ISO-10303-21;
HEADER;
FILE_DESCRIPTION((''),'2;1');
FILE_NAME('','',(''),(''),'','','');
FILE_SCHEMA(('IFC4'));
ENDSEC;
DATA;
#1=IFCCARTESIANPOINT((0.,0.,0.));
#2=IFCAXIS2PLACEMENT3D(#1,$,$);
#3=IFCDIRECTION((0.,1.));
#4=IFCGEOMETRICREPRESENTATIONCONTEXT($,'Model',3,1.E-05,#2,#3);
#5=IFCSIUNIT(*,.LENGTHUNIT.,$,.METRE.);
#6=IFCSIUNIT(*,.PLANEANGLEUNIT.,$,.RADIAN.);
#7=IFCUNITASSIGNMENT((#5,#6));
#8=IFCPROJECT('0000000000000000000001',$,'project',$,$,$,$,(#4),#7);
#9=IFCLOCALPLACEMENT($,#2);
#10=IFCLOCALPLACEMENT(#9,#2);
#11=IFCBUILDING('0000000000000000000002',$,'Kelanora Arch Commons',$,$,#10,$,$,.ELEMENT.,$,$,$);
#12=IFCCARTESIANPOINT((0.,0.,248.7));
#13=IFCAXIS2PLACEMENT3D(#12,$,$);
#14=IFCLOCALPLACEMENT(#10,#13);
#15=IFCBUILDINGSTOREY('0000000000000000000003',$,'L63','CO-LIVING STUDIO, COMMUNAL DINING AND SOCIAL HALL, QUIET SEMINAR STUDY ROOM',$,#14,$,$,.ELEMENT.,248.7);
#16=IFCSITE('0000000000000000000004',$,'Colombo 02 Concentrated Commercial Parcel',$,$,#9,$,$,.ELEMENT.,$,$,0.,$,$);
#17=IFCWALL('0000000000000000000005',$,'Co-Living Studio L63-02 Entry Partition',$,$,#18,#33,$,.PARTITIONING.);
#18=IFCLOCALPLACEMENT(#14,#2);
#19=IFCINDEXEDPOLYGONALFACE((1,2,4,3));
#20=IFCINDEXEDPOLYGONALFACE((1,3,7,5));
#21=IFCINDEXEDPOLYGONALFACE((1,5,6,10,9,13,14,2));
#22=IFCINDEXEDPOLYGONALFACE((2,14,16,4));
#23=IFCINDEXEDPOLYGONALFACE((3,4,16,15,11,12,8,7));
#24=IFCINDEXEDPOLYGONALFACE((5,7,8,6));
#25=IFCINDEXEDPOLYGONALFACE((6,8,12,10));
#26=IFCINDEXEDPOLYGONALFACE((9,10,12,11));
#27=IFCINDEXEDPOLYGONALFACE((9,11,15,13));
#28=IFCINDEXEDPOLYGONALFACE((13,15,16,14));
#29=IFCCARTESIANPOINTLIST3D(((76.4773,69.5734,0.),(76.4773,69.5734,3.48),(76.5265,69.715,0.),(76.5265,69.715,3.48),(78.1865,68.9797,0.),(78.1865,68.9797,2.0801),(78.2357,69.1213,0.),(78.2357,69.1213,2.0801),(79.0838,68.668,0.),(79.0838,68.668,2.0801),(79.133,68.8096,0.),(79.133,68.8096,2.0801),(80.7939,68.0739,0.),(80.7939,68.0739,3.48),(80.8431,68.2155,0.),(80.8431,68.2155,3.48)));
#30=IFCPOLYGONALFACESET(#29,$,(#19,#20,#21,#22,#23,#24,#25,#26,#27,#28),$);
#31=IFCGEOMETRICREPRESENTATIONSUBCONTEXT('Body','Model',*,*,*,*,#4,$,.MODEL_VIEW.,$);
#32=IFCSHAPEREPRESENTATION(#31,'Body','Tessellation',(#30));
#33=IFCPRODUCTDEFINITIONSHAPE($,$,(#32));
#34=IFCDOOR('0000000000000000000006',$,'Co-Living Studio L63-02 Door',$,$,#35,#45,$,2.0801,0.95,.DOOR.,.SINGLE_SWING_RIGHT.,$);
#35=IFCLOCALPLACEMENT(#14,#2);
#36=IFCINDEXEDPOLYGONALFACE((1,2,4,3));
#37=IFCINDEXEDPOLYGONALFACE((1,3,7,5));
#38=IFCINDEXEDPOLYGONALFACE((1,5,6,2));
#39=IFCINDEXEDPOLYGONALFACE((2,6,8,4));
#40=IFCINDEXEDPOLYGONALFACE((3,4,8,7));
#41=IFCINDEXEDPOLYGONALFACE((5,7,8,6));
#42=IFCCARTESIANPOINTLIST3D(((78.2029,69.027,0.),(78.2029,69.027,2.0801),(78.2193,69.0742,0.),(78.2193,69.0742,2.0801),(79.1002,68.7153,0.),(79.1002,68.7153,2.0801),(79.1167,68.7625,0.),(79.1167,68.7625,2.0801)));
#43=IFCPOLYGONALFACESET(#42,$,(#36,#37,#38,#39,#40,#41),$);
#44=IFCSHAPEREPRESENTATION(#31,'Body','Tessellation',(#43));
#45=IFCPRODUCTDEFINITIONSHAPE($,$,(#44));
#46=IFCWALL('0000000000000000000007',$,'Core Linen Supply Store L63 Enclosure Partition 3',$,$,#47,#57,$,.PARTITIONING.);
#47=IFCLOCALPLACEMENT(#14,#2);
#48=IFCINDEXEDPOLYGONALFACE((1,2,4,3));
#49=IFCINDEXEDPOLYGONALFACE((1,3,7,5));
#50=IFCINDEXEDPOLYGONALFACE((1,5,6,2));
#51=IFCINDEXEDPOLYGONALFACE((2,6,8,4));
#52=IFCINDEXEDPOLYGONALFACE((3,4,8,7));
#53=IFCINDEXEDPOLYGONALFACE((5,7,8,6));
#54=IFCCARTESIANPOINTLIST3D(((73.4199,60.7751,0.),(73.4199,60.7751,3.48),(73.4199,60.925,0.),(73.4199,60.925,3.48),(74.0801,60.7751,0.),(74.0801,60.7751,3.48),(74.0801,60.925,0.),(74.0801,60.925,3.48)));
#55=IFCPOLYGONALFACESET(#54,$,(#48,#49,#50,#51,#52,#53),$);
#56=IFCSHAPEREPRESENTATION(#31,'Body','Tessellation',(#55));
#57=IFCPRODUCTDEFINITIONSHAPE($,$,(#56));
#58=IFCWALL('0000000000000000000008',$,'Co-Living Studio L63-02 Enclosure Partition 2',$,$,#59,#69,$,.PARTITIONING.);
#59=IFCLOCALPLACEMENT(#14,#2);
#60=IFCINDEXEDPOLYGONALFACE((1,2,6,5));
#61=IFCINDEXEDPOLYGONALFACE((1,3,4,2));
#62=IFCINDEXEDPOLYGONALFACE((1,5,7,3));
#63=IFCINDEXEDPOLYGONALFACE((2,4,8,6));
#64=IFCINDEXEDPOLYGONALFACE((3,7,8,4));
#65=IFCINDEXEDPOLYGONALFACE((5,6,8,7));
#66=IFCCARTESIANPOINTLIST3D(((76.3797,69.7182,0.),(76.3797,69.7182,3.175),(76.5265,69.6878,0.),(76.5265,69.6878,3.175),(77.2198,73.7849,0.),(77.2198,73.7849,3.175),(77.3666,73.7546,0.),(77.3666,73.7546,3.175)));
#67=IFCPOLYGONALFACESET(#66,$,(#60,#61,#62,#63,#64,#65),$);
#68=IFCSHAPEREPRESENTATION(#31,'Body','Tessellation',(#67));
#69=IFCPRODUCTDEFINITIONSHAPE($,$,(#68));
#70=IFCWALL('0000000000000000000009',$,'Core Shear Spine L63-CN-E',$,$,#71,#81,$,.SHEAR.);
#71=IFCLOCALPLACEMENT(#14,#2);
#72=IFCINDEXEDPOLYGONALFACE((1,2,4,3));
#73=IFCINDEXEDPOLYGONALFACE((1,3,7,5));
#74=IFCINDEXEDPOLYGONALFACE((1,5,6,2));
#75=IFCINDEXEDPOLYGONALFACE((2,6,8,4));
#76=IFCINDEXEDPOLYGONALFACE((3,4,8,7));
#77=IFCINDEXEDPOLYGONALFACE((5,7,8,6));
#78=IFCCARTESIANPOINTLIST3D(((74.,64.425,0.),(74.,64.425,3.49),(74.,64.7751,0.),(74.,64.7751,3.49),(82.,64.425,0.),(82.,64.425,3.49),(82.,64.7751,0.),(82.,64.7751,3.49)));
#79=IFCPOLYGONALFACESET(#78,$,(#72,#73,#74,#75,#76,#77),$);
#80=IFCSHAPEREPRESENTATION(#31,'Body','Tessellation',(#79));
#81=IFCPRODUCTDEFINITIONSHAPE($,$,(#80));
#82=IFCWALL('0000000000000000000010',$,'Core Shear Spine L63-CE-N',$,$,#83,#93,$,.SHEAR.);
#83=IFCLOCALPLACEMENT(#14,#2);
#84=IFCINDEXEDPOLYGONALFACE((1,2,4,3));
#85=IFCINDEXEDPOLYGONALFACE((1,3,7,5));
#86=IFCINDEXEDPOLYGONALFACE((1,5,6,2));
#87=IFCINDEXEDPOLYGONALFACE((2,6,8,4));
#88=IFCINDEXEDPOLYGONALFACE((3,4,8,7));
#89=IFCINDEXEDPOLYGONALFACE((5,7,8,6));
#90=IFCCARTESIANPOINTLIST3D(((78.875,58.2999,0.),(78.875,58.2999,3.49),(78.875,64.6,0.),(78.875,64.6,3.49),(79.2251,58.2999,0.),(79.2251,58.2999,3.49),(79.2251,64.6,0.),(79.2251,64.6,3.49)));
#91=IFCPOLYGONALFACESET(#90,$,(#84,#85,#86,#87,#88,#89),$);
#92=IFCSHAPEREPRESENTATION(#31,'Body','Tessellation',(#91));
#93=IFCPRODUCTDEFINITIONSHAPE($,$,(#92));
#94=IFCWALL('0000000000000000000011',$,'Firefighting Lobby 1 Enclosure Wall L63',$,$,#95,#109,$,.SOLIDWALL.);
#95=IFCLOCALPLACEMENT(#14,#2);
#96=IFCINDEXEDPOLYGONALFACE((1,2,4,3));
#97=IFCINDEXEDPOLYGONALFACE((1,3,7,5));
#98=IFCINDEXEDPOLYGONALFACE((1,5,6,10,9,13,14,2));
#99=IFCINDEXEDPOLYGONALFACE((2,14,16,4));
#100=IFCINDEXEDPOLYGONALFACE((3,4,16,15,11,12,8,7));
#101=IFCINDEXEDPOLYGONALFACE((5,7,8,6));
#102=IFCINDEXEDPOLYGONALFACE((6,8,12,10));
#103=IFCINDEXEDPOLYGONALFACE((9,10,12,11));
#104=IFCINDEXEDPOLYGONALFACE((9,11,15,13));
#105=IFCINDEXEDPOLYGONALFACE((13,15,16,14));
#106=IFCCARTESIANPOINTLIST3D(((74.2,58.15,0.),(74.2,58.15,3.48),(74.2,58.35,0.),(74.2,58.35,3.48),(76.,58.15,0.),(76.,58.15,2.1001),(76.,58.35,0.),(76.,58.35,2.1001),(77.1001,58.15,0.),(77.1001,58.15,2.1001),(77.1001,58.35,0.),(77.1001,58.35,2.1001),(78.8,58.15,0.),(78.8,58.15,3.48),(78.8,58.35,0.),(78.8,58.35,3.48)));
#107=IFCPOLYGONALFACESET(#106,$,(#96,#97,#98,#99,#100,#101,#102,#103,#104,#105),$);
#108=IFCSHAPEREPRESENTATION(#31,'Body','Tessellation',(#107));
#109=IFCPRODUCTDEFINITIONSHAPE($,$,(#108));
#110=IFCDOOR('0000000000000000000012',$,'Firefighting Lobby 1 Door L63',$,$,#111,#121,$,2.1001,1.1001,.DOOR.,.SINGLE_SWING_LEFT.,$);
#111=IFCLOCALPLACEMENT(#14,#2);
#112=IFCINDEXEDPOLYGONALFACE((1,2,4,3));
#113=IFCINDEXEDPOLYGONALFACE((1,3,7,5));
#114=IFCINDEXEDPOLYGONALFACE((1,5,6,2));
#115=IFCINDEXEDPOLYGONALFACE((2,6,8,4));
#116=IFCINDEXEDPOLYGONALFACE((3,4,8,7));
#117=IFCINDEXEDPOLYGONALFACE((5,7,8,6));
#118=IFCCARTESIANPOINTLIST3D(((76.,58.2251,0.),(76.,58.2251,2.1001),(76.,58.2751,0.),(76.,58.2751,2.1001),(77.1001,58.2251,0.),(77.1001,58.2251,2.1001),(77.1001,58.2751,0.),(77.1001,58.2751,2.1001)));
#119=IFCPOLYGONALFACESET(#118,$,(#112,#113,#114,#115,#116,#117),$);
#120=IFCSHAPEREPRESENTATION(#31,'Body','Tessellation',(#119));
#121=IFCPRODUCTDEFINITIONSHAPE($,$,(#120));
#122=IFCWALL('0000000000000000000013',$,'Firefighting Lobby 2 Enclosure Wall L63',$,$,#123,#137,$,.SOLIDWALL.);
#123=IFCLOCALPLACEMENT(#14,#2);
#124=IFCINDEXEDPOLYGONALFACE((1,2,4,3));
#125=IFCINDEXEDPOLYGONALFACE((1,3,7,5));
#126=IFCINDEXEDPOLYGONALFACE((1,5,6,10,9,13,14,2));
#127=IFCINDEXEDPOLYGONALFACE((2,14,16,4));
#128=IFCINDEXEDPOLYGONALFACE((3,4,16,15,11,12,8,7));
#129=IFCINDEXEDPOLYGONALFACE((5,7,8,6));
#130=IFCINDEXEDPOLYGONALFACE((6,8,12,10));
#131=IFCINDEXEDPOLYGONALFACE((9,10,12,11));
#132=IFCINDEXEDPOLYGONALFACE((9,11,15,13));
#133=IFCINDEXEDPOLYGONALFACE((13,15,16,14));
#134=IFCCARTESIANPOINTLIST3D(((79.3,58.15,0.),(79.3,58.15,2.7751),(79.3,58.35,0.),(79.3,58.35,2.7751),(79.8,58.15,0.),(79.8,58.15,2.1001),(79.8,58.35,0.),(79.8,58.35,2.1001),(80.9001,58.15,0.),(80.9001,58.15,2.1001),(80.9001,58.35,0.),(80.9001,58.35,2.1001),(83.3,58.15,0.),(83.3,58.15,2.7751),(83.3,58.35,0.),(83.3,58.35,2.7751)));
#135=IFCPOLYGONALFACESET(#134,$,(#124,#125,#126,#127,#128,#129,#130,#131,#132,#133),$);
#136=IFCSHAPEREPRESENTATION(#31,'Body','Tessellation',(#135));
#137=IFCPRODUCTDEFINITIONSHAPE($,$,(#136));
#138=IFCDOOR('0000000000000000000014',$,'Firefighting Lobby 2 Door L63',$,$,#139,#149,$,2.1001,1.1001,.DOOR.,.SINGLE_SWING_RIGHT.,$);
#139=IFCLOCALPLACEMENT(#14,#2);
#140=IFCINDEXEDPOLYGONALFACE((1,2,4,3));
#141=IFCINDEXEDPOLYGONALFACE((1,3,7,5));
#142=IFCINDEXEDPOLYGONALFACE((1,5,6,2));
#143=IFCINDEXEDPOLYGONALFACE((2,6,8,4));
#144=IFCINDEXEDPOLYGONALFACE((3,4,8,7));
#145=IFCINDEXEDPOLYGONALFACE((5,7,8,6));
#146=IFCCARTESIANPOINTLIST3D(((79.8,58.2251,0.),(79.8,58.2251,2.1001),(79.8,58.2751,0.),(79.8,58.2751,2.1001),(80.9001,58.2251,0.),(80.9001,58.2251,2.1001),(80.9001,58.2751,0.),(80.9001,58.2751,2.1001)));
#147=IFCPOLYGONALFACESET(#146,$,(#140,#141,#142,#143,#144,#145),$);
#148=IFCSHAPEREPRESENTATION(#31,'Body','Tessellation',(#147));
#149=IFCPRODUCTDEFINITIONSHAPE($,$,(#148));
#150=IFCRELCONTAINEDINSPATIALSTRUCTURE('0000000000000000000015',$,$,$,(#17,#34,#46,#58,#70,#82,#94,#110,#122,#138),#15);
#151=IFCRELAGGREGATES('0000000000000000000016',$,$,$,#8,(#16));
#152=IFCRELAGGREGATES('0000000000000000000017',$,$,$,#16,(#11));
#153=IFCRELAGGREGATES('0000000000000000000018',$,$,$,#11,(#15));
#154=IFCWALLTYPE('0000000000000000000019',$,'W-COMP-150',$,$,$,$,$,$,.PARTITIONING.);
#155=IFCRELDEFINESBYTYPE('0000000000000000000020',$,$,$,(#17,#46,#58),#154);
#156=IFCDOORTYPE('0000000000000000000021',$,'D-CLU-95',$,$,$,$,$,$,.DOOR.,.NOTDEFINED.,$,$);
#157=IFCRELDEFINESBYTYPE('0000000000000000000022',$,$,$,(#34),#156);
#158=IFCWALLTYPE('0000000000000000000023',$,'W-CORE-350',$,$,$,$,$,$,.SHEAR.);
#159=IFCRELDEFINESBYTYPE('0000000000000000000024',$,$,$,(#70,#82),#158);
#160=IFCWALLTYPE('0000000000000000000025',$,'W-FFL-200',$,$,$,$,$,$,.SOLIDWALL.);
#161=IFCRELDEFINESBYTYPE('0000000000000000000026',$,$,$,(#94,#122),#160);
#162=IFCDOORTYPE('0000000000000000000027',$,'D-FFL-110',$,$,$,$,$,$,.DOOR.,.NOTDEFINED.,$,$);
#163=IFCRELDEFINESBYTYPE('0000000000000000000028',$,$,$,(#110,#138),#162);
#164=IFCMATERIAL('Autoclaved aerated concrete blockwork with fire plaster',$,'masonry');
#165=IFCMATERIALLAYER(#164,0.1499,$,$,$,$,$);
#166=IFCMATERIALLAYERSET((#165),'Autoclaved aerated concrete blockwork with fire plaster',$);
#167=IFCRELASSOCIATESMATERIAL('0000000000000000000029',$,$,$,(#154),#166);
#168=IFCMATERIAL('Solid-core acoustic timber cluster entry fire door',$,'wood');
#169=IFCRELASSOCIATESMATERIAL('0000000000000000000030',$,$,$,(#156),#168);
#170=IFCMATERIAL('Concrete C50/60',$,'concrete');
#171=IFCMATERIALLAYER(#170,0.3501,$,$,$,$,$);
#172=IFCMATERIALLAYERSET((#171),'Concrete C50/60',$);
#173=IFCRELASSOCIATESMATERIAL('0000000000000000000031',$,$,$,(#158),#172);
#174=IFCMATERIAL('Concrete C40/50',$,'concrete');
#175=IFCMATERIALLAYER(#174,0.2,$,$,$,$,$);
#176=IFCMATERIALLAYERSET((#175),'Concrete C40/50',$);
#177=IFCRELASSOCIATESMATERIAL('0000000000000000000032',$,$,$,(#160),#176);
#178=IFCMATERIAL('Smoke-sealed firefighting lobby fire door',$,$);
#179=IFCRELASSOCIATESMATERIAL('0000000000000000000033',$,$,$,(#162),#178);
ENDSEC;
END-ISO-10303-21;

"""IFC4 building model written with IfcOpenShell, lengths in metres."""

from ifc_helpers import new_model, si_unit, direction, frame, frame_2d, origin, place, context, subcontext, project, spatial, rectangle, extrude, material, layer, layer_set, type_object, element, fill, save


model = new_model("IFC4")

# Units and contexts
model_context = context("Model", 3, precision=1e-05, world=origin(), true_north=direction((0.0, 1.0)))
body_context = subcontext(model_context, "Body", "Model", "MODEL_VIEW")
ifc_project = project(units=[si_unit("LENGTHUNIT", "METRE"), si_unit("PLANEANGLEUNIT", "RADIAN")], contexts=[model_context])

# Site, building, storey
site_placement = place(None, origin())
site = spatial("IfcSite", under=ifc_project, at=site_placement, Name="Colombo 02 Concentrated Commercial Parcel", CompositionType="ELEMENT", RefElevation=0.0)
building_placement = place(site_placement, origin())
building = spatial("IfcBuilding", under=site, at=building_placement, Name="Kelanora Arch Commons", CompositionType="ELEMENT")
storey_placement = place(building_placement, frame((0.0, 0.0, 248.7)))
storey = spatial("IfcBuildingStorey", under=building, at=storey_placement, Name="L63", Description="CO-LIVING STUDIO, COMMUNAL DINING AND SOCIAL HALL, QUIET SEMINAR STUDY ROOM", CompositionType="ELEMENT", Elevation=248.7)

# Shared definitions
ifc_material_1 = material(Name="Concrete C50/60", Category="concrete")

# Shared definitions
ifc_material_2 = material(Name="Autoclaved aerated concrete blockwork with fire plaster", Category="masonry")
ifc_layer_1 = layer(ifc_material_2, 0.1499)
ifc_layer_set_1 = layer_set([ifc_layer_1], Name="Autoclaved aerated concrete blockwork with fire plaster")
wall_type_1 = type_object("IfcWallType", Name="W-COMP-150", PredefinedType="PARTITIONING", material=ifc_layer_set_1)

# Wall, opening, door
wall_1_placement = place(storey_placement, frame((80.8184, 68.1448, 0.0), z_axis=(0.0, 0.0, 1.0), x_axis=(-0.944628, 0.328143, 0.0)))
wall_1 = element("IfcWall", 1, at=wall_1_placement, inside=storey, type_object=wall_type_1, Name="Co-Living Studio L63-02 Entry Partition", PredefinedType="PARTITIONING", context=body_context, shape_type="SweptSolid", body=[
    extrude(rectangle(XDim=4.5696, YDim=0.1499, at=frame_2d((2.2847, 0.0))), origin(), (0.0, 0.0, 1.0), 3.48),
])
opening_1_placement = place(wall_1_placement, frame((1.8101, 0.0, 0.0)))
opening_1 = element("IfcOpeningElement", 2, at=opening_1_placement, cuts=wall_1, PredefinedType="OPENING", context=body_context, shape_type="SweptSolid", body=[
    extrude(rectangle(XDim=0.95, YDim=2.0801, at=frame_2d((0.4751, 1.04))), frame((0.0, 0.085, 0.0), z_axis=(0.0, -1.0, 0.0), x_axis=(1.0, 0.0, 0.0)), (0.0, 0.0, 1.0), 0.1699),
])
ifc_material_3 = material(Name="Solid-core acoustic timber cluster entry fire door", Category="wood")
door_type_1 = type_object("IfcDoorType", Name="D-CLU-95", OperationType="NOTDEFINED", PredefinedType="DOOR", material=ifc_material_3)
door_1_placement = place(opening_1_placement, origin())
door_1 = element("IfcDoor", 3, at=door_1_placement, inside=storey, type_object=door_type_1, Name="Co-Living Studio L63-02 Door", OperationType="SINGLE_SWING_RIGHT", OverallHeight=2.0801, OverallWidth=0.95, PredefinedType="DOOR", context=body_context, shape_type="SweptSolid", body=[
    extrude(rectangle(XDim=0.95, YDim=2.0801, at=frame_2d((0.4751, 1.04))), frame((0.0, 0.0249, 0.0), z_axis=(0.0, -1.0, 0.0), x_axis=(1.0, 0.0, 0.0)), (0.0, 0.0, 1.0), 0.05),
])
fill(opening_1, door_1)

# Walls
wall_2_placement = place(storey_placement, frame((74.0801, 60.8501, 0.0), z_axis=(0.0, 0.0, 1.0), x_axis=(-1.0, 0.0, 0.0)))
element("IfcWall", 4, at=wall_2_placement, inside=storey, type_object=wall_type_1, Name="Core Linen Supply Store L63 Enclosure Partition 3", PredefinedType="PARTITIONING", context=body_context, shape_type="SweptSolid", body=[
    extrude(rectangle(XDim=0.6602, YDim=0.1499, at=frame_2d((0.3301, 0.0))), origin(), (0.0, 0.0, 1.0), 3.48),
])
wall_3_placement = place(storey_placement, frame((76.4531, 69.7031, 0.0), z_axis=(0.0, 0.0, 1.0), x_axis=(0.202308, 0.979322, 0.0)))
element("IfcWall", 5, at=wall_3_placement, inside=storey, type_object=wall_type_1, Name="Co-Living Studio L63-02 Enclosure Partition 2", PredefinedType="PARTITIONING", context=body_context, shape_type="SweptSolid", body=[
    extrude(rectangle(XDim=4.1526, YDim=0.1499, at=frame_2d((2.0762, 0.0))), origin(), (0.0, 0.0, 1.0), 3.175),
])
ifc_layer_2 = layer(ifc_material_1, 0.3501)
ifc_layer_set_2 = layer_set([ifc_layer_2], Name="Concrete C50/60")
wall_type_2 = type_object("IfcWallType", Name="W-CORE-350", PredefinedType="SHEAR", material=ifc_layer_set_2)
wall_4_placement = place(storey_placement, frame((74.0, 64.6001, 0.0), z_axis=(0.0, 0.0, 1.0), x_axis=(1.0, 0.0, 0.0)))
element("IfcWall", 6, at=wall_4_placement, inside=storey, type_object=wall_type_2, Name="Core Shear Spine L63-CN-E", PredefinedType="SHEAR", context=body_context, shape_type="SweptSolid", body=[
    extrude(rectangle(XDim=8.0, YDim=0.3501, at=frame_2d((4.0, 0.0))), origin(), (0.0, 0.0, 1.0), 3.49),
])
wall_5_placement = place(storey_placement, frame((79.05, 58.3, 0.0), z_axis=(0.0, 0.0, 1.0), x_axis=(0.0, 1.0, 0.0)))
element("IfcWall", 7, at=wall_5_placement, inside=storey, type_object=wall_type_2, Name="Core Shear Spine L63-CE-N", PredefinedType="SHEAR", context=body_context, shape_type="SweptSolid", body=[
    extrude(rectangle(XDim=6.3, YDim=0.3501, at=frame_2d((3.1499, 0.0))), origin(), (0.0, 0.0, 1.0), 3.49),
])

# Walls, openings, doors
ifc_material_4 = material(Name="Concrete C40/50", Category="concrete")
ifc_layer_3 = layer(ifc_material_4, 0.2)
ifc_layer_set_3 = layer_set([ifc_layer_3], Name="Concrete C40/50")
wall_type_3 = type_object("IfcWallType", Name="W-FFL-200", PredefinedType="SOLIDWALL", material=ifc_layer_set_3)
wall_6_placement = place(storey_placement, frame((74.2, 58.25, 0.0), z_axis=(0.0, 0.0, 1.0), x_axis=(1.0, 0.0, 0.0)))
wall_6 = element("IfcWall", 8, at=wall_6_placement, inside=storey, type_object=wall_type_3, Name="Firefighting Lobby 1 Enclosure Wall L63", PredefinedType="SOLIDWALL", context=body_context, shape_type="SweptSolid", body=[
    extrude(rectangle(XDim=4.6001, YDim=0.2, at=frame_2d((2.3, 0.0))), origin(), (0.0, 0.0, 1.0), 3.48),
])
opening_2_placement = place(wall_6_placement, frame((1.8, 0.0, 0.0)))
opening_2 = element("IfcOpeningElement", 9, at=opening_2_placement, cuts=wall_6, PredefinedType="OPENING", context=body_context, shape_type="SweptSolid", body=[
    extrude(rectangle(XDim=1.1001, YDim=2.1001, at=frame_2d((0.55, 1.05))), frame((0.0, 0.1099, 0.0), z_axis=(0.0, -1.0, 0.0), x_axis=(1.0, 0.0, 0.0)), (0.0, 0.0, 1.0), 0.22),
])
ifc_material_5 = material(Name="Smoke-sealed firefighting lobby fire door")
door_type_2 = type_object("IfcDoorType", Name="D-FFL-110", OperationType="NOTDEFINED", PredefinedType="DOOR", material=ifc_material_5)
door_2_placement = place(opening_2_placement, frame((1.1001, 0.0, 0.0), z_axis=(0.0, 0.0, 1.0), x_axis=(-1.0, 0.0, 0.0)))
door_2 = element("IfcDoor", 10, at=door_2_placement, inside=storey, type_object=door_type_2, Name="Firefighting Lobby 1 Door L63", OperationType="SINGLE_SWING_LEFT", OverallHeight=2.1001, OverallWidth=1.1001, PredefinedType="DOOR", context=body_context, shape_type="SweptSolid", body=[
    extrude(rectangle(XDim=1.1001, YDim=2.1001, at=frame_2d((0.55, 1.05))), frame((0.0, 0.0249, 0.0), z_axis=(0.0, -1.0, 0.0), x_axis=(1.0, 0.0, 0.0)), (0.0, 0.0, 1.0), 0.05),
])
fill(opening_2, door_2)
wall_7_placement = place(storey_placement, frame((79.3, 58.25, 0.0), z_axis=(0.0, 0.0, 1.0), x_axis=(1.0, 0.0, 0.0)))
wall_7 = element("IfcWall", 11, at=wall_7_placement, inside=storey, type_object=wall_type_3, Name="Firefighting Lobby 2 Enclosure Wall L63", PredefinedType="SOLIDWALL", context=body_context, shape_type="SweptSolid", body=[
    extrude(rectangle(XDim=4.0, YDim=0.2, at=frame_2d((2.0, 0.0))), origin(), (0.0, 0.0, 1.0), 2.7751),
])
opening_3_placement = place(wall_7_placement, frame((0.5, 0.0, 0.0)))
opening_3 = element("IfcOpeningElement", 12, at=opening_3_placement, cuts=wall_7, PredefinedType="OPENING", context=body_context, shape_type="SweptSolid", body=[
    extrude(rectangle(XDim=1.1001, YDim=2.1001, at=frame_2d((0.55, 1.05))), frame((0.0, 0.1099, 0.0), z_axis=(0.0, -1.0, 0.0), x_axis=(1.0, 0.0, 0.0)), (0.0, 0.0, 1.0), 0.22),
])
door_3_placement = place(opening_3_placement, frame((1.1001, 0.0, 0.0), z_axis=(0.0, 0.0, 1.0), x_axis=(-1.0, 0.0, 0.0)))
door_3 = element("IfcDoor", 13, at=door_3_placement, inside=storey, type_object=door_type_2, Name="Firefighting Lobby 2 Door L63", OperationType="SINGLE_SWING_RIGHT", OverallHeight=2.1001, OverallWidth=1.1001, PredefinedType="DOOR", context=body_context, shape_type="SweptSolid", body=[
    extrude(rectangle(XDim=1.1001, YDim=2.1001, at=frame_2d((0.55, 1.05))), frame((0.0, 0.0249, 0.0), z_axis=(0.0, -1.0, 0.0), x_axis=(1.0, 0.0, 0.0)), (0.0, 0.0, 1.0), 0.05),
])
fill(opening_3, door_3)

save(model, "model.ifc")
